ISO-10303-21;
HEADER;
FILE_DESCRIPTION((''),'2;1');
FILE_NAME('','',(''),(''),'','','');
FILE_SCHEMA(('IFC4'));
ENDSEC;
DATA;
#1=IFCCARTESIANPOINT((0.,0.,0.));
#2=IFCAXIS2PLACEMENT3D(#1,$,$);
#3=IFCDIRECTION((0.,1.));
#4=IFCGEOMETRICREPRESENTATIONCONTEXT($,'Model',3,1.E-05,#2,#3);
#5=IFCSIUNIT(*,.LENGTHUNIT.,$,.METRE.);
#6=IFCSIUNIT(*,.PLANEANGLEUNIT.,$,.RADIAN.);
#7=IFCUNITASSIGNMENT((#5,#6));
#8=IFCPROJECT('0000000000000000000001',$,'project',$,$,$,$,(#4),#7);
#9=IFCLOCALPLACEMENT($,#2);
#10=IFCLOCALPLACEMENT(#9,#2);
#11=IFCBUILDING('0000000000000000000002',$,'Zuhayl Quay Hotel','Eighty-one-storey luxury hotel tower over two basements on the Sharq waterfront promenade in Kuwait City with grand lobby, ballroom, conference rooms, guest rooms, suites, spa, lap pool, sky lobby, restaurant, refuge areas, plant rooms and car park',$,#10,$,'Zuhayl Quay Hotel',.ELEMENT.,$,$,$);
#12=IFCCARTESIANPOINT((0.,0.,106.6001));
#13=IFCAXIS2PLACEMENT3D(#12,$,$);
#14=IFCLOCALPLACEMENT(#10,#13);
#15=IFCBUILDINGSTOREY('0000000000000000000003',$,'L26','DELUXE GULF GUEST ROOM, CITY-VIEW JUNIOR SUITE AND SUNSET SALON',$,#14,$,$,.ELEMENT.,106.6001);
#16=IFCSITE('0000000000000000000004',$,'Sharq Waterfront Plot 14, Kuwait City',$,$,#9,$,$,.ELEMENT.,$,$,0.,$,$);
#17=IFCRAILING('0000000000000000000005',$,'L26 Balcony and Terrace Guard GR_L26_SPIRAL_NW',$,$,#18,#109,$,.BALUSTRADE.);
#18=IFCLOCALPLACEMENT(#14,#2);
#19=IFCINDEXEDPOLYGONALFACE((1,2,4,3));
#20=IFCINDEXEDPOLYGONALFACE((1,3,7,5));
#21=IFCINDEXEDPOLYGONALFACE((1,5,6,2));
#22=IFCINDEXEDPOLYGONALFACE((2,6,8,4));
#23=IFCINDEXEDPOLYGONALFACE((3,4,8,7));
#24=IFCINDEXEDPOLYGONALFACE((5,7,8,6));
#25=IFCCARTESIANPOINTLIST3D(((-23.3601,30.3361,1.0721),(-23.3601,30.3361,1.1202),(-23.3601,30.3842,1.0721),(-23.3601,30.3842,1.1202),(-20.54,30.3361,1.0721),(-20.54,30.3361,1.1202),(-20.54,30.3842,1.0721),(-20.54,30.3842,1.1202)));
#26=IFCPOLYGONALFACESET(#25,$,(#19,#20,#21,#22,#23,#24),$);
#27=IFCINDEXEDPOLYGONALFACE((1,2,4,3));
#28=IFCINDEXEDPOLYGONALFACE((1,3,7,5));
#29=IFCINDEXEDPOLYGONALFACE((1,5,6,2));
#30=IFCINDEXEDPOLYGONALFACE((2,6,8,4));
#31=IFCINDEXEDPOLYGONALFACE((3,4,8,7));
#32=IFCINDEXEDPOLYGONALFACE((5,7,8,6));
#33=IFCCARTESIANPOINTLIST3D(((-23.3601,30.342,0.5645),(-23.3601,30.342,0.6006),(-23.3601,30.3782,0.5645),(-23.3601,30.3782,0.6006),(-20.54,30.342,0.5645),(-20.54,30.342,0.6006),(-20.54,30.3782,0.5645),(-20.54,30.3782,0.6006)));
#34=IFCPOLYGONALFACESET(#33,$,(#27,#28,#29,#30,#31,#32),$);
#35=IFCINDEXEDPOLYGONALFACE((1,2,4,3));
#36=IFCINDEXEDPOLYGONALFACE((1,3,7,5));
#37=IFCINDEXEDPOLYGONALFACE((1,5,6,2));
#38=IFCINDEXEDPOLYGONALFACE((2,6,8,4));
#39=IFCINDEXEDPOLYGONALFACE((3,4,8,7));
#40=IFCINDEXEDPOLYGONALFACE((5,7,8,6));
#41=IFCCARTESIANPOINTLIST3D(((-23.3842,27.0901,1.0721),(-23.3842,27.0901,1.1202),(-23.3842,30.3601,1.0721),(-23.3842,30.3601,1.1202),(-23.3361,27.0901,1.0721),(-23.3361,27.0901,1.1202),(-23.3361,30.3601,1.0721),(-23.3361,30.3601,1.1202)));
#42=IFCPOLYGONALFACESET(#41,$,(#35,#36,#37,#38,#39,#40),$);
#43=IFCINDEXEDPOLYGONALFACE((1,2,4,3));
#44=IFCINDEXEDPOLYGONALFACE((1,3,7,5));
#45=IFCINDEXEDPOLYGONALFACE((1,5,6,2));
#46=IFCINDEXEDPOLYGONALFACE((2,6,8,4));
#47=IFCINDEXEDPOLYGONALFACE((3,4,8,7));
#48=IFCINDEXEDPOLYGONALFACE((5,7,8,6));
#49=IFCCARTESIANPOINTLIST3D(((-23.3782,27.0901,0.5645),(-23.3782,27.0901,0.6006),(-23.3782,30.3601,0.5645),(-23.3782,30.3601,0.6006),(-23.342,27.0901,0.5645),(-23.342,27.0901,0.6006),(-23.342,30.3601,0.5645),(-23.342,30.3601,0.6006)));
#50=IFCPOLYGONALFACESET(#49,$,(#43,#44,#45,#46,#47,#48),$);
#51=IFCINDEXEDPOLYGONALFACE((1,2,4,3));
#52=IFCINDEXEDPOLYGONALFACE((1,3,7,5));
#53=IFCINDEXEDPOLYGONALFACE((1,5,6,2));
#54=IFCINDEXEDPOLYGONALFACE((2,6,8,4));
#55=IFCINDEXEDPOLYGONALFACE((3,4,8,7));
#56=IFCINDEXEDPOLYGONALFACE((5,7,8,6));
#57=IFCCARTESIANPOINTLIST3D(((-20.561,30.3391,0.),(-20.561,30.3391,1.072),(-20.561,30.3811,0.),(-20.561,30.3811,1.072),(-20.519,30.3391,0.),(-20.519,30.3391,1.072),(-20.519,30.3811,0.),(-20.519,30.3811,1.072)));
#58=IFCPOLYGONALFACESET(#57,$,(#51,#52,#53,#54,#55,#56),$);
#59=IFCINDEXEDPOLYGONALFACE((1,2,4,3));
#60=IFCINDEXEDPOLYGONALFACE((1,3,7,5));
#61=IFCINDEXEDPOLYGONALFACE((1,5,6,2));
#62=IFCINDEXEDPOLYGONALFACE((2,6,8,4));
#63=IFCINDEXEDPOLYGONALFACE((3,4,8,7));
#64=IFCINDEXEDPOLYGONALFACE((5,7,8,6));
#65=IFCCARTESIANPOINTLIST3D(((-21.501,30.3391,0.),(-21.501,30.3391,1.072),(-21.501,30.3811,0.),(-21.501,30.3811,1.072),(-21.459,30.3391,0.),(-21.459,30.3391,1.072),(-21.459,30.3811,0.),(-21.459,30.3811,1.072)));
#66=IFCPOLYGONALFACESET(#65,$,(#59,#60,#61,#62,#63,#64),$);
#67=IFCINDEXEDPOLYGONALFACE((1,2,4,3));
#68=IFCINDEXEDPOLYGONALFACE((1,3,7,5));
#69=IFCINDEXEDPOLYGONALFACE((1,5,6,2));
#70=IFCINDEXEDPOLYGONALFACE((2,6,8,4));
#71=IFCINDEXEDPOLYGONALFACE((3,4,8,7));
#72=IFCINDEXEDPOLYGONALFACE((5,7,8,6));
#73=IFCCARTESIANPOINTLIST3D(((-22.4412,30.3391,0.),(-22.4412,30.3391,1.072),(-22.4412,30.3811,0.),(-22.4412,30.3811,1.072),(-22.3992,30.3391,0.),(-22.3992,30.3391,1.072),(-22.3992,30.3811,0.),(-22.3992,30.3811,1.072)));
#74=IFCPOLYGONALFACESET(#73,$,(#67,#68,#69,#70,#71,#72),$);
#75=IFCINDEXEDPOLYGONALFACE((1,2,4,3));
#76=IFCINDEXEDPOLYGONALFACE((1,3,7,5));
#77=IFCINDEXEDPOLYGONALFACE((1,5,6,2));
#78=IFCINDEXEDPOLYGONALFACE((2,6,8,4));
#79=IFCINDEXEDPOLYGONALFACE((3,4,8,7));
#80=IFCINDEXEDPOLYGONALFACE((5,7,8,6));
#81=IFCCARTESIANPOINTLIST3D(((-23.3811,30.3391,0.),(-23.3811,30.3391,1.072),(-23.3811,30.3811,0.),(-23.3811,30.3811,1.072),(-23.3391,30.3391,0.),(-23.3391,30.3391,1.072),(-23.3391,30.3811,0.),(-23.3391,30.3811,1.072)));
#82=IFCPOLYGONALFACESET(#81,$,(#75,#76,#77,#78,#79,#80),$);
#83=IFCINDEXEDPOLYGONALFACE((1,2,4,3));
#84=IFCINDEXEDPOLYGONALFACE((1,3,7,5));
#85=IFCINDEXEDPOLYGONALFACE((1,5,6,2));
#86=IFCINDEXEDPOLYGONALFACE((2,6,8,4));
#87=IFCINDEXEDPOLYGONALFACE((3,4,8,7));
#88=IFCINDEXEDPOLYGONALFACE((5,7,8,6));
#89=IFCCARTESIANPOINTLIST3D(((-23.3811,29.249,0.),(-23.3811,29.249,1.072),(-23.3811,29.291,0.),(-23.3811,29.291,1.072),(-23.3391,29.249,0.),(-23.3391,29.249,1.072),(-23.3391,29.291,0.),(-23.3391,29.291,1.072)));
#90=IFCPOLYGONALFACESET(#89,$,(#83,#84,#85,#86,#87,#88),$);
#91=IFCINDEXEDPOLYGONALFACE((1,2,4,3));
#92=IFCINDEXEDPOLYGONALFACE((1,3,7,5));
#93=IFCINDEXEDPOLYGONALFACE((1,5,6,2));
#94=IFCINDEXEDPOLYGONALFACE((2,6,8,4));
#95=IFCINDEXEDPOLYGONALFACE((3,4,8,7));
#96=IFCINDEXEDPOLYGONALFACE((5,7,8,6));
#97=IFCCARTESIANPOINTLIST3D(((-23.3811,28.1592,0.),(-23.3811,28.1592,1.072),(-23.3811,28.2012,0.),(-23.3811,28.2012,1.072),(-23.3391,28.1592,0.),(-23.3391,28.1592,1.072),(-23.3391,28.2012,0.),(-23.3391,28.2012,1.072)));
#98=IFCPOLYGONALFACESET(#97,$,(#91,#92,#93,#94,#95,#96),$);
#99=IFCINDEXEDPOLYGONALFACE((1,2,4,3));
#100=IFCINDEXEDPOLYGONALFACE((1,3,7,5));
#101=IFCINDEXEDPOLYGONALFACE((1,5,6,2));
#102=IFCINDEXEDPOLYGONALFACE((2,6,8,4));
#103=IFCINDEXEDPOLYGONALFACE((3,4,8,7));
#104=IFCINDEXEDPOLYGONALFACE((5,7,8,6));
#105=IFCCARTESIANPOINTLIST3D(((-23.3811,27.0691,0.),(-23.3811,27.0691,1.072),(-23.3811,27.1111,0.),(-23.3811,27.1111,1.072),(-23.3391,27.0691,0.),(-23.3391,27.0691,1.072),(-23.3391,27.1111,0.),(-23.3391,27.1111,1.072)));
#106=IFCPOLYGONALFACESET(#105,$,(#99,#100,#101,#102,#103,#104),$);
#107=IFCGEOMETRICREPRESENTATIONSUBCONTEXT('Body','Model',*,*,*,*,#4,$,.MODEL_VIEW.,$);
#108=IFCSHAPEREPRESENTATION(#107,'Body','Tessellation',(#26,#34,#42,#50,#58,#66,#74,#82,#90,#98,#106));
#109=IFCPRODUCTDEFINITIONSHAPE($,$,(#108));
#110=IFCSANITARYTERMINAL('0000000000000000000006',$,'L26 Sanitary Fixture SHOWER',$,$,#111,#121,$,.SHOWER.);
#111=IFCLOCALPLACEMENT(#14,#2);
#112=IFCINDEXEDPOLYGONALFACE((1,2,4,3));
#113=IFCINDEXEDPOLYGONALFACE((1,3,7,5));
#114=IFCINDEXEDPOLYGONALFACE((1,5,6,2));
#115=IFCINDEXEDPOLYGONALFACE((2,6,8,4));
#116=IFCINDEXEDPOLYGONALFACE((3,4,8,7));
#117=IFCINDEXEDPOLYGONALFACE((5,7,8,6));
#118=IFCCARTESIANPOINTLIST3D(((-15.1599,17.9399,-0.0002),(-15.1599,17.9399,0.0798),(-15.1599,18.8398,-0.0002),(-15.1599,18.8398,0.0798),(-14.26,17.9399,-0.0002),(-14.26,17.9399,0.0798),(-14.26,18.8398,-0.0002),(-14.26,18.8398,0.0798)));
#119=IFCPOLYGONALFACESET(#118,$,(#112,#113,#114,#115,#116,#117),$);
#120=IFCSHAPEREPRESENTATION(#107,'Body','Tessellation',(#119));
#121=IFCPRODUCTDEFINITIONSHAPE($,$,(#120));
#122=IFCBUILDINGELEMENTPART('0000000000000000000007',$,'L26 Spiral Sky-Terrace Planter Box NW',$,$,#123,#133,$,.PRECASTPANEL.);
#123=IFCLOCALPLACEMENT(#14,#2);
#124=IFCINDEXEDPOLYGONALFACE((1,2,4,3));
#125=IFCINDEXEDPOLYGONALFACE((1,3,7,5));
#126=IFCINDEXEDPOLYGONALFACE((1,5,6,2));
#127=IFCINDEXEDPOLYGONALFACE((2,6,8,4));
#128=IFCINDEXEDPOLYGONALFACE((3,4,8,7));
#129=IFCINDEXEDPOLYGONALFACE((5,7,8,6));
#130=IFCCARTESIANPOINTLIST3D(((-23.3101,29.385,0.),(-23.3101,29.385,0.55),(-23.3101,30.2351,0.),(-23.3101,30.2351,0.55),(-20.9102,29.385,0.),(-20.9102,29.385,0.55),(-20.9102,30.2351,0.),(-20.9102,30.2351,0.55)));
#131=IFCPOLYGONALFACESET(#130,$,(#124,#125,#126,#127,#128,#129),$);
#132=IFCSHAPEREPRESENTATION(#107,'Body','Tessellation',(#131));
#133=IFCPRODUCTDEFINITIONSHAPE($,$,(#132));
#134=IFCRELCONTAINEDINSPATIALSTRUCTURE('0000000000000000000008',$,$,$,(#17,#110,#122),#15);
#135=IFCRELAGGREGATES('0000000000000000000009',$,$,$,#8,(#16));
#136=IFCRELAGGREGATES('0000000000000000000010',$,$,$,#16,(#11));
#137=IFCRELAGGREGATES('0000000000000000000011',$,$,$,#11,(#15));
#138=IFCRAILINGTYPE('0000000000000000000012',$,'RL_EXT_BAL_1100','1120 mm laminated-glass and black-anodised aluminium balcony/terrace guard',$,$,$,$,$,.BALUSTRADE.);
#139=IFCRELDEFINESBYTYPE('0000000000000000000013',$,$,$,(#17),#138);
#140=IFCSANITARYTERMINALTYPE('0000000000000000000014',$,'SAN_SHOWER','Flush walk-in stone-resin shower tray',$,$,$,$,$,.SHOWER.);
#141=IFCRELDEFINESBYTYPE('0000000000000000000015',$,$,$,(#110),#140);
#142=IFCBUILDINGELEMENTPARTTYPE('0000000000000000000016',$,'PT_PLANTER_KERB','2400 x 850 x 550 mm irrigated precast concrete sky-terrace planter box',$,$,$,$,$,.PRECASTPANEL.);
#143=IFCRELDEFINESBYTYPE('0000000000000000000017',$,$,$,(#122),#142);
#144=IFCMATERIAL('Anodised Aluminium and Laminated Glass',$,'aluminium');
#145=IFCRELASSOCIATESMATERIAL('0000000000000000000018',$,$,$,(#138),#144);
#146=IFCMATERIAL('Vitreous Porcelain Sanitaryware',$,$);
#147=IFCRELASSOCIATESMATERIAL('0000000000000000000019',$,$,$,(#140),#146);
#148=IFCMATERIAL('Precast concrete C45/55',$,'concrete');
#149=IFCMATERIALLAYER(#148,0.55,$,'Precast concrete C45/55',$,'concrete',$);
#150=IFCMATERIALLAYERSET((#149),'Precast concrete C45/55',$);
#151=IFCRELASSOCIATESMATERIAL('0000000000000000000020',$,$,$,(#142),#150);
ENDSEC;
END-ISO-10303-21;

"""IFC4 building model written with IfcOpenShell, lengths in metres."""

from ifc_helpers import new_model, si_unit, direction, frame, origin, origin_2d, place, context, subcontext, project, spatial, rectangle, extrude, material, layer, layer_set, type_object, element, save


model = new_model("IFC4")

# Units and contexts
model_context = context("Model", 3, precision=1e-05, world=origin(), true_north=direction((0.0, 1.0)))
body_context = subcontext(model_context, "Body", "Model", "MODEL_VIEW")
ifc_project = project(units=[si_unit("LENGTHUNIT", "METRE"), si_unit("PLANEANGLEUNIT", "RADIAN")], contexts=[model_context])

# Site, building, storey
site_placement = place(None, origin())
site = spatial("IfcSite", under=ifc_project, at=site_placement, Name="Sharq Waterfront Plot 14, Kuwait City", CompositionType="ELEMENT", RefElevation=0.0)
building_placement = place(site_placement, origin())
building = spatial("IfcBuilding", under=site, at=building_placement, Name="Zuhayl Quay Hotel", Description="Eighty-one-storey luxury hotel tower over two basements on the Sharq waterfront promenade in Kuwait City with grand lobby, ballroom, conference rooms, guest rooms, suites, spa, lap pool, sky lobby, restaurant, refuge areas, plant rooms and car park", LongName="Zuhayl Quay Hotel", CompositionType="ELEMENT")
storey_placement = place(building_placement, frame((0.0, 0.0, 106.6001)))
storey = spatial("IfcBuildingStorey", under=building, at=storey_placement, Name="L26", Description="DELUXE GULF GUEST ROOM, CITY-VIEW JUNIOR SUITE AND SUNSET SALON", CompositionType="ELEMENT", Elevation=106.6001)

# Shared definitions
ifc_material_1 = material(Name="Precast concrete C45/55", Category="concrete")

# Railing
ifc_material_2 = material(Name="Anodised Aluminium and Laminated Glass", Category="aluminium")
railing_type = type_object("IfcRailingType", Name="RL_EXT_BAL_1100", Description="1120 mm laminated-glass and black-anodised aluminium balcony/terrace guard", PredefinedType="BALUSTRADE", material=ifc_material_2)
railing_1_placement = place(storey_placement, frame((-20.54, 30.3601, 0.0)))
element("IfcRailing", 1, at=railing_1_placement, inside=storey, type_object=railing_type, Name="L26 Balcony and Terrace Guard GR_L26_SPIRAL_NW", PredefinedType="BALUSTRADE", context=body_context, shape_type="SweptSolid", body=[
    extrude(rectangle(XDim=0.0481, YDim=0.0481, at=origin_2d()), frame((0.0, 0.0, 1.0962), z_axis=(-1.0, 0.0, 0.0), x_axis=(0.0, -1.0, 0.0)), (0.0, 0.0, 1.0), 2.8201),
    extrude(rectangle(XDim=0.0361, YDim=0.0361, at=origin_2d()), frame((0.0, 0.0, 0.5825), z_axis=(-1.0, 0.0, 0.0), x_axis=(0.0, -1.0, 0.0)), (0.0, 0.0, 1.0), 2.8201),
    extrude(rectangle(XDim=0.0481, YDim=0.0481, at=origin_2d()), frame((-2.8201, 0.0, 1.0962), z_axis=(0.0, -1.0, 0.0), x_axis=(1.0, 0.0, 0.0)), (0.0, 0.0, 1.0), 3.27),
    extrude(rectangle(XDim=0.0361, YDim=0.0361, at=origin_2d()), frame((-2.8201, 0.0, 0.5825), z_axis=(0.0, -1.0, 0.0), x_axis=(1.0, 0.0, 0.0)), (0.0, 0.0, 1.0), 3.27),
    extrude(rectangle(XDim=0.042, YDim=0.042, at=origin_2d()), origin(), (0.0, 0.0, 1.0), 1.072),
    extrude(rectangle(XDim=0.042, YDim=0.042, at=origin_2d()), frame((-0.9399, 0.0, 0.0)), (0.0, 0.0, 1.0), 1.072),
    extrude(rectangle(XDim=0.042, YDim=0.042, at=origin_2d()), frame((-1.8801, 0.0, 0.0)), (0.0, 0.0, 1.0), 1.072),
    extrude(rectangle(XDim=0.042, YDim=0.042, at=origin_2d()), frame((-2.8201, 0.0, 0.0)), (0.0, 0.0, 1.0), 1.072),
    extrude(rectangle(XDim=0.042, YDim=0.042, at=origin_2d()), frame((-2.8201, -1.0901, 0.0)), (0.0, 0.0, 1.0), 1.072),
    extrude(rectangle(XDim=0.042, YDim=0.042, at=origin_2d()), frame((-2.8201, -2.1799, 0.0)), (0.0, 0.0, 1.0), 1.072),
    extrude(rectangle(XDim=0.042, YDim=0.042, at=origin_2d()), frame((-2.8201, -3.27, 0.0)), (0.0, 0.0, 1.0), 1.072),
])

# Sanitary terminal
ifc_material_3 = material(Name="Vitreous Porcelain Sanitaryware")
sanitary_terminal_type = type_object("IfcSanitaryTerminalType", Name="SAN_SHOWER", Description="Flush walk-in stone-resin shower tray", PredefinedType="SHOWER", material=ifc_material_3)
sanitary_terminal_placement = place(storey_placement, frame((-14.71, 18.3899, -0.0002), z_axis=(0.0, 0.0, 1.0), x_axis=(1.0, 0.0, 0.0)))
element("IfcSanitaryTerminal", 2, at=sanitary_terminal_placement, inside=storey, type_object=sanitary_terminal_type, Name="L26 Sanitary Fixture SHOWER", PredefinedType="SHOWER", context=body_context, shape_type="SweptSolid", body=[
    extrude(rectangle(XDim=0.8999, YDim=0.8999, at=origin_2d()), origin(), (0.0, 0.0, 1.0), 0.0801),
])

# Building element part
ifc_layer_1 = layer(ifc_material_1, 0.55, Name="Precast concrete C45/55", Category="concrete")
ifc_layer_set_1 = layer_set([ifc_layer_1], Name="Precast concrete C45/55")
building_element_part_type = type_object("IfcBuildingElementPartType", Name="PT_PLANTER_KERB", Description="2400 x 850 x 550 mm irrigated precast concrete sky-terrace planter box", PredefinedType="PRECASTPANEL", material=ifc_layer_set_1)
building_element_part_placement = place(storey_placement, frame((-22.1101, 29.8101, 0.0), z_axis=(0.0, 0.0, 1.0), x_axis=(1.0, 0.0, 0.0)))
element("IfcBuildingElementPart", 3, at=building_element_part_placement, inside=storey, type_object=building_element_part_type, Name="L26 Spiral Sky-Terrace Planter Box NW", PredefinedType="PRECASTPANEL", context=body_context, shape_type="SweptSolid", body=[
    extrude(rectangle(XDim=2.3999, YDim=0.8501, at=origin_2d()), origin(), (0.0, 0.0, 1.0), 0.55),
])

save(model, "model.ifc")
